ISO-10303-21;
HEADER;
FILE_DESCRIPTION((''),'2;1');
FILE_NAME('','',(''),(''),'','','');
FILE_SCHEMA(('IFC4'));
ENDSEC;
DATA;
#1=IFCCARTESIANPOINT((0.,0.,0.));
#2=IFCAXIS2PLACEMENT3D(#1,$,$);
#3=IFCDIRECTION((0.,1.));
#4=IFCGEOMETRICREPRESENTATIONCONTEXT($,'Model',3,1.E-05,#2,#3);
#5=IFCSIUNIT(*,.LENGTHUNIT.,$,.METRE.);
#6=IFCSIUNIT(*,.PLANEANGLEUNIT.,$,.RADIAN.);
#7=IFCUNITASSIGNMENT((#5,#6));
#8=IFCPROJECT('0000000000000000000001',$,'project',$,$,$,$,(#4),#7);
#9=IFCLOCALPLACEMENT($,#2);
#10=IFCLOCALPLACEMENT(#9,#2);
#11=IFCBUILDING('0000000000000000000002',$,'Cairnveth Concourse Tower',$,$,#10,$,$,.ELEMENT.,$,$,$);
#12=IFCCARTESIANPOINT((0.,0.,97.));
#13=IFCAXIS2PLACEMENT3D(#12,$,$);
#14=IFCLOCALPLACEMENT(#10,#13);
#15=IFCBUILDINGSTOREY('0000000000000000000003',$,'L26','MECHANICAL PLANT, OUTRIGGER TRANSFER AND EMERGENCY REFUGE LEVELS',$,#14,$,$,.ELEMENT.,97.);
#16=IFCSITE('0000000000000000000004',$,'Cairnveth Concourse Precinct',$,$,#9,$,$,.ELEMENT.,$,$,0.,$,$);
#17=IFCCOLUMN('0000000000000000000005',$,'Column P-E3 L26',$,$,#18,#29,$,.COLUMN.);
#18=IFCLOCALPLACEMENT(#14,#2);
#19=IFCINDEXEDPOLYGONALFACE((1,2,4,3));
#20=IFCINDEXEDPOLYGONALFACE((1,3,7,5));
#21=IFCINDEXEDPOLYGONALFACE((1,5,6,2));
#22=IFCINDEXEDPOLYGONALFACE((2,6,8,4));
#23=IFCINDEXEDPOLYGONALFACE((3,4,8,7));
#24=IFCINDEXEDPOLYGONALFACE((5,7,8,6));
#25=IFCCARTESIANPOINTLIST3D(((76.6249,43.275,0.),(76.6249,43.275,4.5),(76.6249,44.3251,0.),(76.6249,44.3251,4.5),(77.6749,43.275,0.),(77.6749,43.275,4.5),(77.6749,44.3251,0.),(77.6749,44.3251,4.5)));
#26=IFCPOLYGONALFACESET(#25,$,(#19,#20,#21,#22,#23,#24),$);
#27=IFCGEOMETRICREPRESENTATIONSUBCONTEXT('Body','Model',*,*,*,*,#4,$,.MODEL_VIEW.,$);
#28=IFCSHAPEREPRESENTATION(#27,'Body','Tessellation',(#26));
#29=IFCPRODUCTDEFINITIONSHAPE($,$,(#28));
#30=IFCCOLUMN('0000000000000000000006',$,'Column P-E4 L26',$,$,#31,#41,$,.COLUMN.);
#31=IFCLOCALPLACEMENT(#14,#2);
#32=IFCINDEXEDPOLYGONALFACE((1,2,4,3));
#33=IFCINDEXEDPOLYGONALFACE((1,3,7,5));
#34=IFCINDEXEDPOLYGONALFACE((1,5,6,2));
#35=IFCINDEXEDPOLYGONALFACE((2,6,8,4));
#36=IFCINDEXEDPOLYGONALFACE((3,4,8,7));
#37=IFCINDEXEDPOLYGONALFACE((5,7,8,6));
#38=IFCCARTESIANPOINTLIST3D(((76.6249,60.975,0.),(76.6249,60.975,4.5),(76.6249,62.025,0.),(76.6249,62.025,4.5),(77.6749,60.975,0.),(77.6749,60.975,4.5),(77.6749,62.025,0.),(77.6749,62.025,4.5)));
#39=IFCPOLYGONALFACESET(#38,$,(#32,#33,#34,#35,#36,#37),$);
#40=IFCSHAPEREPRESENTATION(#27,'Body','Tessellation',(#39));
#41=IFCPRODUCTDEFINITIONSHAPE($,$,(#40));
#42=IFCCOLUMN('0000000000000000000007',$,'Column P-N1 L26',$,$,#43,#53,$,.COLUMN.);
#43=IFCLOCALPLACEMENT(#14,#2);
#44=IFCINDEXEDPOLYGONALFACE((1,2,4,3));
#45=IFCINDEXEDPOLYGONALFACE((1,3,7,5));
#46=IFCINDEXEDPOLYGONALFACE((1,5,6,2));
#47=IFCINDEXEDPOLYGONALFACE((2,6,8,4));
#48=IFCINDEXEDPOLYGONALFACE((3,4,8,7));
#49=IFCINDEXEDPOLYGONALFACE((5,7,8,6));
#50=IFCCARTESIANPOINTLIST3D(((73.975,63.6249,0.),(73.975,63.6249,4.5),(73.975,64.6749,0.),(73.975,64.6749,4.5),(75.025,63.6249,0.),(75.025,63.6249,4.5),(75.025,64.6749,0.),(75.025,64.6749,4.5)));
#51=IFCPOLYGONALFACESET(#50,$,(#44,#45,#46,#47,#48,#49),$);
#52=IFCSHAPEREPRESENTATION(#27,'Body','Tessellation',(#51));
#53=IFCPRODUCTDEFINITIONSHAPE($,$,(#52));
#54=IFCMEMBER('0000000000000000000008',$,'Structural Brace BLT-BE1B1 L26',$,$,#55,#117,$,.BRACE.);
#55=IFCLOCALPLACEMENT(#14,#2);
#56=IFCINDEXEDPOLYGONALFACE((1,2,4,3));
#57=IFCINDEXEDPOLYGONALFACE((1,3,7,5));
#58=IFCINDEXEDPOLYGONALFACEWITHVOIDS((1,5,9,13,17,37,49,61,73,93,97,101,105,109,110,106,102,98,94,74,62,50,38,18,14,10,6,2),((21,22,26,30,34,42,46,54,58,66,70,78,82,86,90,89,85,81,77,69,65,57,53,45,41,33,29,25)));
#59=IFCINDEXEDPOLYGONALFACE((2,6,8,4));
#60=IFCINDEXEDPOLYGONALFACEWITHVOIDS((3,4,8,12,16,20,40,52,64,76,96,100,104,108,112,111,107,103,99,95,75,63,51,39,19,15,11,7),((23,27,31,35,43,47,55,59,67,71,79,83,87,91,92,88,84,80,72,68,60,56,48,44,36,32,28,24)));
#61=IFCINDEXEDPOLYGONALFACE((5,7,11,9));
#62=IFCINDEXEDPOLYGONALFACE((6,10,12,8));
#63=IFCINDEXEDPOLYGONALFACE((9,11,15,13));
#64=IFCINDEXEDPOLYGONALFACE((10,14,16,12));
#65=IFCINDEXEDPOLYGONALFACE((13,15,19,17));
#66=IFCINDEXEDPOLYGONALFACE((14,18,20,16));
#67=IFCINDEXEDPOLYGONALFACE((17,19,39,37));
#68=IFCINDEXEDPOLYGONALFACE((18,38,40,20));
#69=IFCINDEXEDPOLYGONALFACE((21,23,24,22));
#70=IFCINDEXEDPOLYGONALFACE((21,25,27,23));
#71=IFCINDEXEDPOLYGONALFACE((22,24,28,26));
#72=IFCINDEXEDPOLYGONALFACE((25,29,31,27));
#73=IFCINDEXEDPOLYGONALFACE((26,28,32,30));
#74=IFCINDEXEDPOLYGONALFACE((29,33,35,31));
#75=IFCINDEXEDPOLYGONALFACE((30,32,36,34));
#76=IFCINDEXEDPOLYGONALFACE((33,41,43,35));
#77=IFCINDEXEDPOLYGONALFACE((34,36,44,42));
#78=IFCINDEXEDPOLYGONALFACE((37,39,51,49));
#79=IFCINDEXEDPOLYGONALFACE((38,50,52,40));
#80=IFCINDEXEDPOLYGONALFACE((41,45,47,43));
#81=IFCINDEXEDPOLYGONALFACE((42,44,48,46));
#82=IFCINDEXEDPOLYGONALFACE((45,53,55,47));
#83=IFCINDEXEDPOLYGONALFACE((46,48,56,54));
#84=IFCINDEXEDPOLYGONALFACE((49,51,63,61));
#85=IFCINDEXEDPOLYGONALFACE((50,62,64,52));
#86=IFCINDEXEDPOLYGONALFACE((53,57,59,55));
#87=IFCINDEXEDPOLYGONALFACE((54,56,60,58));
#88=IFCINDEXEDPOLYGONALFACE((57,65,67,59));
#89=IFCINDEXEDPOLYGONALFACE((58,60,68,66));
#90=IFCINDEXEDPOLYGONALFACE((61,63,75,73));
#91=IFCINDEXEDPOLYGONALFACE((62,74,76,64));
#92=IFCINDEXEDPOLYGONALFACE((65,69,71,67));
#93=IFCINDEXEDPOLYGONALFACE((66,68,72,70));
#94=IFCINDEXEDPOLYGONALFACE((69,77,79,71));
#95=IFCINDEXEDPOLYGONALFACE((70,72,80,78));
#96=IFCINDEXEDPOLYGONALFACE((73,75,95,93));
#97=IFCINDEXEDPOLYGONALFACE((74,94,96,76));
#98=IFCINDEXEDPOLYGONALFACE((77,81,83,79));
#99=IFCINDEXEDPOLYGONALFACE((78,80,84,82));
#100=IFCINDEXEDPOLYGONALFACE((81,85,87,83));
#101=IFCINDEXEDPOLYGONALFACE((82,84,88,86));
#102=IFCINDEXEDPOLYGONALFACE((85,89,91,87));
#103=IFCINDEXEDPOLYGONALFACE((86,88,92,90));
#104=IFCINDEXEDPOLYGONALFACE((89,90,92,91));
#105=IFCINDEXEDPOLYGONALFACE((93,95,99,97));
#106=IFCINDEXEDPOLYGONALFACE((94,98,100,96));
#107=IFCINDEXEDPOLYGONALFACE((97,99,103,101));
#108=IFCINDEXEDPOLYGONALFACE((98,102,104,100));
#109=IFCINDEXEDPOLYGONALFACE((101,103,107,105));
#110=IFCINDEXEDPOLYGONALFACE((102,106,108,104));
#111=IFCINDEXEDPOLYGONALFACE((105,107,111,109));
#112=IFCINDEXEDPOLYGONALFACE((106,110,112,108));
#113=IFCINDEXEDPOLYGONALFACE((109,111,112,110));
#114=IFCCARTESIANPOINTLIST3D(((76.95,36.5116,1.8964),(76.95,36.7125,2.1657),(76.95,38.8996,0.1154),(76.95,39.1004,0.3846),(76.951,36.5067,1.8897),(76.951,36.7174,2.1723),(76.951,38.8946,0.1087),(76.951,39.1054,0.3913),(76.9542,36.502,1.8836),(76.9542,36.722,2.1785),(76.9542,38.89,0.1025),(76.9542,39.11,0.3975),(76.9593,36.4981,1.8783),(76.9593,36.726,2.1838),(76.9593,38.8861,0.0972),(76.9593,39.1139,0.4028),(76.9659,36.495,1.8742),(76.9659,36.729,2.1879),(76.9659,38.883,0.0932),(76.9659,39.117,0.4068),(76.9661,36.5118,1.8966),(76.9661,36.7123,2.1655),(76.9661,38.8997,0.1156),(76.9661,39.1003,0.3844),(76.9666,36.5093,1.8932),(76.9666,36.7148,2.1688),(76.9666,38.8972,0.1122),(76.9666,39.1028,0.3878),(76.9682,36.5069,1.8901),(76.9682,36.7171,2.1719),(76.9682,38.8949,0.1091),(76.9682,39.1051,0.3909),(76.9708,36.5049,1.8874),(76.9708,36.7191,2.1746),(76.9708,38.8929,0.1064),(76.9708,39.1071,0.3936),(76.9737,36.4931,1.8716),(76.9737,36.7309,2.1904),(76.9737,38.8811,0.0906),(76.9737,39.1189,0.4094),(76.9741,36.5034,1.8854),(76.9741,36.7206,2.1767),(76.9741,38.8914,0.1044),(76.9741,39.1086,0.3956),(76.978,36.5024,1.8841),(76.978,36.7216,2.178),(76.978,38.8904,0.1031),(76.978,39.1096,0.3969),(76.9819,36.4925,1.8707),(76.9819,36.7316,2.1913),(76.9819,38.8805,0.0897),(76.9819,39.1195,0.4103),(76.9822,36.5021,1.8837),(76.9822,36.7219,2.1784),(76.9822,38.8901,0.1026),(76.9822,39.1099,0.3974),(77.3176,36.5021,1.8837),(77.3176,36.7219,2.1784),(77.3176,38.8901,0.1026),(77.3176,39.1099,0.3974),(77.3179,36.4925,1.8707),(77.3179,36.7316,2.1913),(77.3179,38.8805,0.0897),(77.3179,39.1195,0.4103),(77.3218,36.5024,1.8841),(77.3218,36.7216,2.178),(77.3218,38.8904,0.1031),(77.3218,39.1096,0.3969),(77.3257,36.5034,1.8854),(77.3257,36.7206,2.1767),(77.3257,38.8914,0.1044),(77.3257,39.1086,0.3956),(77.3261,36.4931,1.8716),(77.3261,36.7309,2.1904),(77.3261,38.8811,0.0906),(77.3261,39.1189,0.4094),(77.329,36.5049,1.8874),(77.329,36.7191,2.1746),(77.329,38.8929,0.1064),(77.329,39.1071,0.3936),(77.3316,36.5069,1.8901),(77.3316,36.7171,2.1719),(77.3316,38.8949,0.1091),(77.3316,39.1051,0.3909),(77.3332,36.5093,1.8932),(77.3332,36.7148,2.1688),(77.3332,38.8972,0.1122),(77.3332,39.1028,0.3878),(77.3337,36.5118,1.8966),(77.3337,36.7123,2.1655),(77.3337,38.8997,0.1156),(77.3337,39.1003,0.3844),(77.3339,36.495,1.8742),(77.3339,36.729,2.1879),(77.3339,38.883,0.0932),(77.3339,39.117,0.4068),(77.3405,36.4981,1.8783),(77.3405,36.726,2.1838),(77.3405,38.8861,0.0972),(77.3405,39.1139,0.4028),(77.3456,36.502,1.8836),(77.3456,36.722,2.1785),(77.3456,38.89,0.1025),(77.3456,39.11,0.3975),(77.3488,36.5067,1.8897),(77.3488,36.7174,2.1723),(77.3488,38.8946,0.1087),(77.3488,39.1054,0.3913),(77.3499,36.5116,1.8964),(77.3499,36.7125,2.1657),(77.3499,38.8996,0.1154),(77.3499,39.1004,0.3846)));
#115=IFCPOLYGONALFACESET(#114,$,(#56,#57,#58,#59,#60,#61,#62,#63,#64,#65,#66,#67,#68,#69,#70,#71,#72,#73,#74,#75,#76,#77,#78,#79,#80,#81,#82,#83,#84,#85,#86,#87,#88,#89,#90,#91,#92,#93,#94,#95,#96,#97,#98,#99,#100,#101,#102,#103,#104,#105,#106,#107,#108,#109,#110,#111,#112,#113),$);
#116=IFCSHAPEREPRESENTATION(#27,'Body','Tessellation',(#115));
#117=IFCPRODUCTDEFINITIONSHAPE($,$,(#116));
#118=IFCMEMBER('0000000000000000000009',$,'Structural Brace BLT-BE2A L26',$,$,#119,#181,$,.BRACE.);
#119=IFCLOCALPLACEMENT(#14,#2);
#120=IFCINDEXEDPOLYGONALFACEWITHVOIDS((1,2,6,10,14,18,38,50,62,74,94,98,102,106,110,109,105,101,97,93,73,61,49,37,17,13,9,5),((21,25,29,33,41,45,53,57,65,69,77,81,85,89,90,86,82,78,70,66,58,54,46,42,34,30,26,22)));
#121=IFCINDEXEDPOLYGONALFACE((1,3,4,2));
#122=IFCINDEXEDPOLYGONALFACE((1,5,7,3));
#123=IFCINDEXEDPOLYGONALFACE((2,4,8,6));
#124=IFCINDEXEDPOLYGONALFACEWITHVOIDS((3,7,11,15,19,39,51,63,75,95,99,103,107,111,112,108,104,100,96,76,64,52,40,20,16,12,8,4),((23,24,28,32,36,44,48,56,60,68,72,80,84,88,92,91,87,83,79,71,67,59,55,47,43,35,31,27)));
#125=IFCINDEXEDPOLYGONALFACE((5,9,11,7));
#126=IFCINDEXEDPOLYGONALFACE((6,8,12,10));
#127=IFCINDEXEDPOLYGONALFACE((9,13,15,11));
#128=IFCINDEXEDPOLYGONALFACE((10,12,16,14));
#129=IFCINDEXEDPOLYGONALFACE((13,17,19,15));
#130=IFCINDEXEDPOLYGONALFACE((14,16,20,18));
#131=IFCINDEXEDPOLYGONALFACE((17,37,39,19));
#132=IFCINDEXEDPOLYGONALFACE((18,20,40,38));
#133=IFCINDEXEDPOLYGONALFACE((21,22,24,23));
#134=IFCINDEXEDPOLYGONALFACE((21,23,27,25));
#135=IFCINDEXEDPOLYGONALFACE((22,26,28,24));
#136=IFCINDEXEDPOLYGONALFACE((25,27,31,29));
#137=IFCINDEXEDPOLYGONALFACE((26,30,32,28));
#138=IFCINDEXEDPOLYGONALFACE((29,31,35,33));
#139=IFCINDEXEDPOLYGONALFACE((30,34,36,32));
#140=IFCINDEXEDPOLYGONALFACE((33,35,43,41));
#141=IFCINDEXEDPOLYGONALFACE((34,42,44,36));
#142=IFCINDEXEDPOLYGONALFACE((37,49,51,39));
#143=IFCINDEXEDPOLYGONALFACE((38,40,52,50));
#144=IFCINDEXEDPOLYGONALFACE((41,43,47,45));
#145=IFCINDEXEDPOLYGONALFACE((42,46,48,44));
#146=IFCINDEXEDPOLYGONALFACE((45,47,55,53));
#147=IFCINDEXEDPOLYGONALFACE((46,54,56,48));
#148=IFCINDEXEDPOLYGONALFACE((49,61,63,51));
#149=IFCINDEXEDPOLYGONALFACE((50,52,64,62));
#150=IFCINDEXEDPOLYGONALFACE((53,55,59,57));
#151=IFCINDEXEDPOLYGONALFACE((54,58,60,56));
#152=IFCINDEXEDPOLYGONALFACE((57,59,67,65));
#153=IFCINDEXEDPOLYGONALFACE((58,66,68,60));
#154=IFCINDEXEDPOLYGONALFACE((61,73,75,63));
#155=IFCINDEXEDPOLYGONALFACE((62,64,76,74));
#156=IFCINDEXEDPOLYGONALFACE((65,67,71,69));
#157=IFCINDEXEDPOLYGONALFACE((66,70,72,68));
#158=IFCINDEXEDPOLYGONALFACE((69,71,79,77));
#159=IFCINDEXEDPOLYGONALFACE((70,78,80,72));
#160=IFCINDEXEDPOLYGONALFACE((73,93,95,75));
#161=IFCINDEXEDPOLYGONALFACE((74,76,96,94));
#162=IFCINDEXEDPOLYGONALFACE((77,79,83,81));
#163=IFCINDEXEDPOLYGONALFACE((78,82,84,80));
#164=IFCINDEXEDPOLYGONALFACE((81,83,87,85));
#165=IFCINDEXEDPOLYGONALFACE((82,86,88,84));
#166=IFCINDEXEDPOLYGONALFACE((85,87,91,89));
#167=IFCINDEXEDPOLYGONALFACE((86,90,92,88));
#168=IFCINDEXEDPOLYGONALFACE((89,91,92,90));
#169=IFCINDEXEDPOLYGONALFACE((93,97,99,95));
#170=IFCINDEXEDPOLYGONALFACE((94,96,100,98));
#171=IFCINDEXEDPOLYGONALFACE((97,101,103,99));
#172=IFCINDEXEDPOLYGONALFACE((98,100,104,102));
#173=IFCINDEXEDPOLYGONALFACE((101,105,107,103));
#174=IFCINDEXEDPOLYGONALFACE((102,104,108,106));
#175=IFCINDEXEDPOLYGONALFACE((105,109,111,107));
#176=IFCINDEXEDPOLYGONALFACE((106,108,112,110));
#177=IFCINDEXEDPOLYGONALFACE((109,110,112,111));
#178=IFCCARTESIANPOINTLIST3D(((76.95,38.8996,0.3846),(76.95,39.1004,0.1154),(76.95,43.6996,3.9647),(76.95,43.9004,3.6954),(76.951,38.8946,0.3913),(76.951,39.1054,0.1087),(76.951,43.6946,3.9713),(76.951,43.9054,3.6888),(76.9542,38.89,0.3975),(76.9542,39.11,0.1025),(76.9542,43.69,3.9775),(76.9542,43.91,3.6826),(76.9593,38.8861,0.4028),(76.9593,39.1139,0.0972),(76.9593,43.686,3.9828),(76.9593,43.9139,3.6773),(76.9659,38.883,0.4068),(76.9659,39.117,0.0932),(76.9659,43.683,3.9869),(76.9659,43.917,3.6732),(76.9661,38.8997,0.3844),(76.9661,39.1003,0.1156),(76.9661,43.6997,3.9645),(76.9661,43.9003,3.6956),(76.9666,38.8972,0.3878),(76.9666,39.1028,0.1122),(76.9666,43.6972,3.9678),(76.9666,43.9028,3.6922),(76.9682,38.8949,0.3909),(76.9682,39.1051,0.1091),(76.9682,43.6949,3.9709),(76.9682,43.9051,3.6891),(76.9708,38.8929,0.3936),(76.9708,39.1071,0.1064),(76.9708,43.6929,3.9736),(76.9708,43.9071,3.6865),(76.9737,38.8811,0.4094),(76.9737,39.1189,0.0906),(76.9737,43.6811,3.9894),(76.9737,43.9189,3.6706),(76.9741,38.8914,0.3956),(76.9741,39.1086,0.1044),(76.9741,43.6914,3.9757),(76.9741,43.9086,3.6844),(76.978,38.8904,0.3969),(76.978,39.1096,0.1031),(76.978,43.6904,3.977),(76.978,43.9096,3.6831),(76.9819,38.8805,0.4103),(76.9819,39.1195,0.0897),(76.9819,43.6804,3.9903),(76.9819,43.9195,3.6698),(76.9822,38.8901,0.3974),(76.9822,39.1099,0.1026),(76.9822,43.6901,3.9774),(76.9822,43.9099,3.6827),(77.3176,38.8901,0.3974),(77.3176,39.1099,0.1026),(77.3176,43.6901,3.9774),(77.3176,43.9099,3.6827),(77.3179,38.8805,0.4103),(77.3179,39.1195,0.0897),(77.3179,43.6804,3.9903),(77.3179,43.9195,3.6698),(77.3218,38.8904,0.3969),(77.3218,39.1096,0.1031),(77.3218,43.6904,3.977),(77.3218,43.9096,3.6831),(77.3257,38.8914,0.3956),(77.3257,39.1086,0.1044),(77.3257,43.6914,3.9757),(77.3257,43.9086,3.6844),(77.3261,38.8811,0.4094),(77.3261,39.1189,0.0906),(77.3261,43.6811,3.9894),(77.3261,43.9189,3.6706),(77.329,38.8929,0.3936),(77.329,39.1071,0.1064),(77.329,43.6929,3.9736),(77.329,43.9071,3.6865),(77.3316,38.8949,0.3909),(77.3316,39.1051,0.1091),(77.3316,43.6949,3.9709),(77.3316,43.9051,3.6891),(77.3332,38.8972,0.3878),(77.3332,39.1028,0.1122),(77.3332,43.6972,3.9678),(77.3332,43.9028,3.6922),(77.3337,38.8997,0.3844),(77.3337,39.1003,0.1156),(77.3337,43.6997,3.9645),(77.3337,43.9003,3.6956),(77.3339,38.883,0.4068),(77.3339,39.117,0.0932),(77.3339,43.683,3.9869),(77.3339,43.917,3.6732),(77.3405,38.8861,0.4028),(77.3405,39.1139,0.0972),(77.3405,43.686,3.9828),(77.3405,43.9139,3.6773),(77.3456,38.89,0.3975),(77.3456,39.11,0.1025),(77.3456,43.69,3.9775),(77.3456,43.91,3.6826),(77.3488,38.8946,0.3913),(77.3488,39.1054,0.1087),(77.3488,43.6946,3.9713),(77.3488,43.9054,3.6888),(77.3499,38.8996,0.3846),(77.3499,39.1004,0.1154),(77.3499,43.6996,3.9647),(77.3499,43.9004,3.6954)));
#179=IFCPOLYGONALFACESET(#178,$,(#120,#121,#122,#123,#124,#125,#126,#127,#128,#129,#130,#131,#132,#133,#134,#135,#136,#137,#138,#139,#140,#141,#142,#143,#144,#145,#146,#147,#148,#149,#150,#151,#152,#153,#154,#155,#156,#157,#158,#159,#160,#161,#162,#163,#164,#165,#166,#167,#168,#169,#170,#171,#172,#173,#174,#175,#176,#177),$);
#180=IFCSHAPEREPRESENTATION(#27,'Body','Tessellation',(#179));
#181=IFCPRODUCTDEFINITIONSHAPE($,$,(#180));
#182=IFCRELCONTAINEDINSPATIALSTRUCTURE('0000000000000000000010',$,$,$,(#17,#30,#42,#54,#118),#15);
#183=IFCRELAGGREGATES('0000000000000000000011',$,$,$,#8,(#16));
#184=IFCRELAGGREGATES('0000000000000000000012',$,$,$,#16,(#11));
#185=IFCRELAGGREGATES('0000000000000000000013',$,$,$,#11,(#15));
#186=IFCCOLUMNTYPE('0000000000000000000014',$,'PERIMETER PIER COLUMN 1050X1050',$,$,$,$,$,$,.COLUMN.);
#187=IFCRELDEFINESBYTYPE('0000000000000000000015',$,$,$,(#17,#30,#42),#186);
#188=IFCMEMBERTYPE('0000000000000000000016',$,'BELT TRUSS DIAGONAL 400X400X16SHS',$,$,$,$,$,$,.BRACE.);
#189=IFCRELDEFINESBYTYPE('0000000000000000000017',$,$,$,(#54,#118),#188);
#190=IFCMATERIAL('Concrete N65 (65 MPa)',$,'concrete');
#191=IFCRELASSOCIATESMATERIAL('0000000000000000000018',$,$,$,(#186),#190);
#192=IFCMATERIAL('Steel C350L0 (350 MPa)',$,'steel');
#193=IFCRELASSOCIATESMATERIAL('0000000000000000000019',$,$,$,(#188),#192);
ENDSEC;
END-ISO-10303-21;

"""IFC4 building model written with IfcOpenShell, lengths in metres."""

from ifc_helpers import new_model, si_unit, direction, frame, origin, origin_2d, place, context, subcontext, project, spatial, rectangle, hollow_rectangle, extrude, material, material_profile, profile_set, type_object, element, save


model = new_model("IFC4")

# Units and contexts
model_context = context("Model", 3, precision=1e-05, world=origin(), true_north=direction((0.0, 1.0)))
body_context = subcontext(model_context, "Body", "Model", "MODEL_VIEW")
ifc_project = project(units=[si_unit("LENGTHUNIT", "METRE"), si_unit("PLANEANGLEUNIT", "RADIAN")], contexts=[model_context])

# Site, building, storey
site_placement = place(None, origin())
site = spatial("IfcSite", under=ifc_project, at=site_placement, Name="Cairnveth Concourse Precinct", CompositionType="ELEMENT", RefElevation=0.0)
building_placement = place(site_placement, origin())
building = spatial("IfcBuilding", under=site, at=building_placement, Name="Cairnveth Concourse Tower", CompositionType="ELEMENT")
storey_placement = place(building_placement, frame((0.0, 0.0, 97.0)))
storey = spatial("IfcBuildingStorey", under=building, at=storey_placement, Name="L26", Description="MECHANICAL PLANT, OUTRIGGER TRANSFER AND EMERGENCY REFUGE LEVELS", CompositionType="ELEMENT", Elevation=97.0)

# Columns
ifc_material_1 = material(Name="Concrete N65 (65 MPa)", Category="concrete")
ifc_material_profile_1 = material_profile(ifc_material_1, rectangle(XDim=1.05, YDim=1.05, at=origin_2d()), Name="RC-COL-1050x1050")
ifc_profile_set_1 = profile_set([ifc_material_profile_1], Name="Concrete N65 (65 MPa)")
column_type = type_object("IfcColumnType", Name="PERIMETER PIER COLUMN 1050X1050", PredefinedType="COLUMN", material=ifc_profile_set_1)
for number, where, z_axis, x_axis, name in (
    (1, (77.1499, 43.8, 0.0), (0.0, 0.0, 1.0), (0.0, 1.0, 0.0), "Column P-E3 L26"),
    (2, (77.1499, 61.5, 0.0), (0.0, 0.0, 1.0), (0.0, 1.0, 0.0), "Column P-E4 L26"),
    (3, (74.5, 64.1499, 0.0), (0.0, 0.0, 1.0), (1.0, 0.0, 0.0), "Column P-N1 L26"),
):
    element("IfcColumn", number, at=place(storey_placement, frame(where, z_axis=z_axis, x_axis=x_axis)), inside=storey, type_object=column_type, Name=name, PredefinedType="COLUMN", context=body_context, shape_type="SweptSolid", body=[
        extrude(rectangle(XDim=1.05, YDim=1.05, at=origin_2d()), origin(), (0.0, 0.0, 1.0), 4.5),
    ])

# Members
ifc_material_2 = material(Name="Steel C350L0 (350 MPa)", Category="steel")
ifc_material_profile_2 = material_profile(ifc_material_2, hollow_rectangle(XDim=0.3999, YDim=0.3999, WallThickness=0.0161, InnerFilletRadius=0.0161, OuterFilletRadius=0.032, at=origin_2d()), Name="400x400x16.0SHS")
ifc_profile_set_2 = profile_set([ifc_material_profile_2], Name="Steel C350L0 (350 MPa)")
member_type_1 = type_object("IfcMemberType", Name="BELT TRUSS DIAGONAL 400X400X16SHS", PredefinedType="BRACE", material=ifc_profile_set_2)
member_1_placement = place(storey_placement, frame((77.1499, 39.0, 0.25), z_axis=(0.0, -0.8016, 0.59786), x_axis=(1.0, 0.0, 0.0)))
element("IfcMember", 4, at=member_1_placement, inside=storey, type_object=member_type_1, Name="Structural Brace BLT-BE1B1 L26", PredefinedType="BRACE", context=body_context, shape_type="SweptSolid", body=[
    extrude(hollow_rectangle(XDim=0.3999, YDim=0.3999, WallThickness=0.0161, InnerFilletRadius=0.0161, OuterFilletRadius=0.032, at=origin_2d()), origin(), (0.0, 0.0, 1.0), 2.979),
])
member_2_placement = place(storey_placement, frame((77.1499, 39.0, 0.25), z_axis=(0.0, 0.801597, 0.597865), x_axis=(-1.0, 0.0, 0.0)))
element("IfcMember", 5, at=member_2_placement, inside=storey, type_object=member_type_1, Name="Structural Brace BLT-BE2A L26", PredefinedType="BRACE", context=body_context, shape_type="SweptSolid", body=[
    extrude(hollow_rectangle(XDim=0.3999, YDim=0.3999, WallThickness=0.0161, InnerFilletRadius=0.0161, OuterFilletRadius=0.032, at=origin_2d()), origin(), (0.0, 0.0, 1.0), 5.988),
])

save(model, "model.ifc")
